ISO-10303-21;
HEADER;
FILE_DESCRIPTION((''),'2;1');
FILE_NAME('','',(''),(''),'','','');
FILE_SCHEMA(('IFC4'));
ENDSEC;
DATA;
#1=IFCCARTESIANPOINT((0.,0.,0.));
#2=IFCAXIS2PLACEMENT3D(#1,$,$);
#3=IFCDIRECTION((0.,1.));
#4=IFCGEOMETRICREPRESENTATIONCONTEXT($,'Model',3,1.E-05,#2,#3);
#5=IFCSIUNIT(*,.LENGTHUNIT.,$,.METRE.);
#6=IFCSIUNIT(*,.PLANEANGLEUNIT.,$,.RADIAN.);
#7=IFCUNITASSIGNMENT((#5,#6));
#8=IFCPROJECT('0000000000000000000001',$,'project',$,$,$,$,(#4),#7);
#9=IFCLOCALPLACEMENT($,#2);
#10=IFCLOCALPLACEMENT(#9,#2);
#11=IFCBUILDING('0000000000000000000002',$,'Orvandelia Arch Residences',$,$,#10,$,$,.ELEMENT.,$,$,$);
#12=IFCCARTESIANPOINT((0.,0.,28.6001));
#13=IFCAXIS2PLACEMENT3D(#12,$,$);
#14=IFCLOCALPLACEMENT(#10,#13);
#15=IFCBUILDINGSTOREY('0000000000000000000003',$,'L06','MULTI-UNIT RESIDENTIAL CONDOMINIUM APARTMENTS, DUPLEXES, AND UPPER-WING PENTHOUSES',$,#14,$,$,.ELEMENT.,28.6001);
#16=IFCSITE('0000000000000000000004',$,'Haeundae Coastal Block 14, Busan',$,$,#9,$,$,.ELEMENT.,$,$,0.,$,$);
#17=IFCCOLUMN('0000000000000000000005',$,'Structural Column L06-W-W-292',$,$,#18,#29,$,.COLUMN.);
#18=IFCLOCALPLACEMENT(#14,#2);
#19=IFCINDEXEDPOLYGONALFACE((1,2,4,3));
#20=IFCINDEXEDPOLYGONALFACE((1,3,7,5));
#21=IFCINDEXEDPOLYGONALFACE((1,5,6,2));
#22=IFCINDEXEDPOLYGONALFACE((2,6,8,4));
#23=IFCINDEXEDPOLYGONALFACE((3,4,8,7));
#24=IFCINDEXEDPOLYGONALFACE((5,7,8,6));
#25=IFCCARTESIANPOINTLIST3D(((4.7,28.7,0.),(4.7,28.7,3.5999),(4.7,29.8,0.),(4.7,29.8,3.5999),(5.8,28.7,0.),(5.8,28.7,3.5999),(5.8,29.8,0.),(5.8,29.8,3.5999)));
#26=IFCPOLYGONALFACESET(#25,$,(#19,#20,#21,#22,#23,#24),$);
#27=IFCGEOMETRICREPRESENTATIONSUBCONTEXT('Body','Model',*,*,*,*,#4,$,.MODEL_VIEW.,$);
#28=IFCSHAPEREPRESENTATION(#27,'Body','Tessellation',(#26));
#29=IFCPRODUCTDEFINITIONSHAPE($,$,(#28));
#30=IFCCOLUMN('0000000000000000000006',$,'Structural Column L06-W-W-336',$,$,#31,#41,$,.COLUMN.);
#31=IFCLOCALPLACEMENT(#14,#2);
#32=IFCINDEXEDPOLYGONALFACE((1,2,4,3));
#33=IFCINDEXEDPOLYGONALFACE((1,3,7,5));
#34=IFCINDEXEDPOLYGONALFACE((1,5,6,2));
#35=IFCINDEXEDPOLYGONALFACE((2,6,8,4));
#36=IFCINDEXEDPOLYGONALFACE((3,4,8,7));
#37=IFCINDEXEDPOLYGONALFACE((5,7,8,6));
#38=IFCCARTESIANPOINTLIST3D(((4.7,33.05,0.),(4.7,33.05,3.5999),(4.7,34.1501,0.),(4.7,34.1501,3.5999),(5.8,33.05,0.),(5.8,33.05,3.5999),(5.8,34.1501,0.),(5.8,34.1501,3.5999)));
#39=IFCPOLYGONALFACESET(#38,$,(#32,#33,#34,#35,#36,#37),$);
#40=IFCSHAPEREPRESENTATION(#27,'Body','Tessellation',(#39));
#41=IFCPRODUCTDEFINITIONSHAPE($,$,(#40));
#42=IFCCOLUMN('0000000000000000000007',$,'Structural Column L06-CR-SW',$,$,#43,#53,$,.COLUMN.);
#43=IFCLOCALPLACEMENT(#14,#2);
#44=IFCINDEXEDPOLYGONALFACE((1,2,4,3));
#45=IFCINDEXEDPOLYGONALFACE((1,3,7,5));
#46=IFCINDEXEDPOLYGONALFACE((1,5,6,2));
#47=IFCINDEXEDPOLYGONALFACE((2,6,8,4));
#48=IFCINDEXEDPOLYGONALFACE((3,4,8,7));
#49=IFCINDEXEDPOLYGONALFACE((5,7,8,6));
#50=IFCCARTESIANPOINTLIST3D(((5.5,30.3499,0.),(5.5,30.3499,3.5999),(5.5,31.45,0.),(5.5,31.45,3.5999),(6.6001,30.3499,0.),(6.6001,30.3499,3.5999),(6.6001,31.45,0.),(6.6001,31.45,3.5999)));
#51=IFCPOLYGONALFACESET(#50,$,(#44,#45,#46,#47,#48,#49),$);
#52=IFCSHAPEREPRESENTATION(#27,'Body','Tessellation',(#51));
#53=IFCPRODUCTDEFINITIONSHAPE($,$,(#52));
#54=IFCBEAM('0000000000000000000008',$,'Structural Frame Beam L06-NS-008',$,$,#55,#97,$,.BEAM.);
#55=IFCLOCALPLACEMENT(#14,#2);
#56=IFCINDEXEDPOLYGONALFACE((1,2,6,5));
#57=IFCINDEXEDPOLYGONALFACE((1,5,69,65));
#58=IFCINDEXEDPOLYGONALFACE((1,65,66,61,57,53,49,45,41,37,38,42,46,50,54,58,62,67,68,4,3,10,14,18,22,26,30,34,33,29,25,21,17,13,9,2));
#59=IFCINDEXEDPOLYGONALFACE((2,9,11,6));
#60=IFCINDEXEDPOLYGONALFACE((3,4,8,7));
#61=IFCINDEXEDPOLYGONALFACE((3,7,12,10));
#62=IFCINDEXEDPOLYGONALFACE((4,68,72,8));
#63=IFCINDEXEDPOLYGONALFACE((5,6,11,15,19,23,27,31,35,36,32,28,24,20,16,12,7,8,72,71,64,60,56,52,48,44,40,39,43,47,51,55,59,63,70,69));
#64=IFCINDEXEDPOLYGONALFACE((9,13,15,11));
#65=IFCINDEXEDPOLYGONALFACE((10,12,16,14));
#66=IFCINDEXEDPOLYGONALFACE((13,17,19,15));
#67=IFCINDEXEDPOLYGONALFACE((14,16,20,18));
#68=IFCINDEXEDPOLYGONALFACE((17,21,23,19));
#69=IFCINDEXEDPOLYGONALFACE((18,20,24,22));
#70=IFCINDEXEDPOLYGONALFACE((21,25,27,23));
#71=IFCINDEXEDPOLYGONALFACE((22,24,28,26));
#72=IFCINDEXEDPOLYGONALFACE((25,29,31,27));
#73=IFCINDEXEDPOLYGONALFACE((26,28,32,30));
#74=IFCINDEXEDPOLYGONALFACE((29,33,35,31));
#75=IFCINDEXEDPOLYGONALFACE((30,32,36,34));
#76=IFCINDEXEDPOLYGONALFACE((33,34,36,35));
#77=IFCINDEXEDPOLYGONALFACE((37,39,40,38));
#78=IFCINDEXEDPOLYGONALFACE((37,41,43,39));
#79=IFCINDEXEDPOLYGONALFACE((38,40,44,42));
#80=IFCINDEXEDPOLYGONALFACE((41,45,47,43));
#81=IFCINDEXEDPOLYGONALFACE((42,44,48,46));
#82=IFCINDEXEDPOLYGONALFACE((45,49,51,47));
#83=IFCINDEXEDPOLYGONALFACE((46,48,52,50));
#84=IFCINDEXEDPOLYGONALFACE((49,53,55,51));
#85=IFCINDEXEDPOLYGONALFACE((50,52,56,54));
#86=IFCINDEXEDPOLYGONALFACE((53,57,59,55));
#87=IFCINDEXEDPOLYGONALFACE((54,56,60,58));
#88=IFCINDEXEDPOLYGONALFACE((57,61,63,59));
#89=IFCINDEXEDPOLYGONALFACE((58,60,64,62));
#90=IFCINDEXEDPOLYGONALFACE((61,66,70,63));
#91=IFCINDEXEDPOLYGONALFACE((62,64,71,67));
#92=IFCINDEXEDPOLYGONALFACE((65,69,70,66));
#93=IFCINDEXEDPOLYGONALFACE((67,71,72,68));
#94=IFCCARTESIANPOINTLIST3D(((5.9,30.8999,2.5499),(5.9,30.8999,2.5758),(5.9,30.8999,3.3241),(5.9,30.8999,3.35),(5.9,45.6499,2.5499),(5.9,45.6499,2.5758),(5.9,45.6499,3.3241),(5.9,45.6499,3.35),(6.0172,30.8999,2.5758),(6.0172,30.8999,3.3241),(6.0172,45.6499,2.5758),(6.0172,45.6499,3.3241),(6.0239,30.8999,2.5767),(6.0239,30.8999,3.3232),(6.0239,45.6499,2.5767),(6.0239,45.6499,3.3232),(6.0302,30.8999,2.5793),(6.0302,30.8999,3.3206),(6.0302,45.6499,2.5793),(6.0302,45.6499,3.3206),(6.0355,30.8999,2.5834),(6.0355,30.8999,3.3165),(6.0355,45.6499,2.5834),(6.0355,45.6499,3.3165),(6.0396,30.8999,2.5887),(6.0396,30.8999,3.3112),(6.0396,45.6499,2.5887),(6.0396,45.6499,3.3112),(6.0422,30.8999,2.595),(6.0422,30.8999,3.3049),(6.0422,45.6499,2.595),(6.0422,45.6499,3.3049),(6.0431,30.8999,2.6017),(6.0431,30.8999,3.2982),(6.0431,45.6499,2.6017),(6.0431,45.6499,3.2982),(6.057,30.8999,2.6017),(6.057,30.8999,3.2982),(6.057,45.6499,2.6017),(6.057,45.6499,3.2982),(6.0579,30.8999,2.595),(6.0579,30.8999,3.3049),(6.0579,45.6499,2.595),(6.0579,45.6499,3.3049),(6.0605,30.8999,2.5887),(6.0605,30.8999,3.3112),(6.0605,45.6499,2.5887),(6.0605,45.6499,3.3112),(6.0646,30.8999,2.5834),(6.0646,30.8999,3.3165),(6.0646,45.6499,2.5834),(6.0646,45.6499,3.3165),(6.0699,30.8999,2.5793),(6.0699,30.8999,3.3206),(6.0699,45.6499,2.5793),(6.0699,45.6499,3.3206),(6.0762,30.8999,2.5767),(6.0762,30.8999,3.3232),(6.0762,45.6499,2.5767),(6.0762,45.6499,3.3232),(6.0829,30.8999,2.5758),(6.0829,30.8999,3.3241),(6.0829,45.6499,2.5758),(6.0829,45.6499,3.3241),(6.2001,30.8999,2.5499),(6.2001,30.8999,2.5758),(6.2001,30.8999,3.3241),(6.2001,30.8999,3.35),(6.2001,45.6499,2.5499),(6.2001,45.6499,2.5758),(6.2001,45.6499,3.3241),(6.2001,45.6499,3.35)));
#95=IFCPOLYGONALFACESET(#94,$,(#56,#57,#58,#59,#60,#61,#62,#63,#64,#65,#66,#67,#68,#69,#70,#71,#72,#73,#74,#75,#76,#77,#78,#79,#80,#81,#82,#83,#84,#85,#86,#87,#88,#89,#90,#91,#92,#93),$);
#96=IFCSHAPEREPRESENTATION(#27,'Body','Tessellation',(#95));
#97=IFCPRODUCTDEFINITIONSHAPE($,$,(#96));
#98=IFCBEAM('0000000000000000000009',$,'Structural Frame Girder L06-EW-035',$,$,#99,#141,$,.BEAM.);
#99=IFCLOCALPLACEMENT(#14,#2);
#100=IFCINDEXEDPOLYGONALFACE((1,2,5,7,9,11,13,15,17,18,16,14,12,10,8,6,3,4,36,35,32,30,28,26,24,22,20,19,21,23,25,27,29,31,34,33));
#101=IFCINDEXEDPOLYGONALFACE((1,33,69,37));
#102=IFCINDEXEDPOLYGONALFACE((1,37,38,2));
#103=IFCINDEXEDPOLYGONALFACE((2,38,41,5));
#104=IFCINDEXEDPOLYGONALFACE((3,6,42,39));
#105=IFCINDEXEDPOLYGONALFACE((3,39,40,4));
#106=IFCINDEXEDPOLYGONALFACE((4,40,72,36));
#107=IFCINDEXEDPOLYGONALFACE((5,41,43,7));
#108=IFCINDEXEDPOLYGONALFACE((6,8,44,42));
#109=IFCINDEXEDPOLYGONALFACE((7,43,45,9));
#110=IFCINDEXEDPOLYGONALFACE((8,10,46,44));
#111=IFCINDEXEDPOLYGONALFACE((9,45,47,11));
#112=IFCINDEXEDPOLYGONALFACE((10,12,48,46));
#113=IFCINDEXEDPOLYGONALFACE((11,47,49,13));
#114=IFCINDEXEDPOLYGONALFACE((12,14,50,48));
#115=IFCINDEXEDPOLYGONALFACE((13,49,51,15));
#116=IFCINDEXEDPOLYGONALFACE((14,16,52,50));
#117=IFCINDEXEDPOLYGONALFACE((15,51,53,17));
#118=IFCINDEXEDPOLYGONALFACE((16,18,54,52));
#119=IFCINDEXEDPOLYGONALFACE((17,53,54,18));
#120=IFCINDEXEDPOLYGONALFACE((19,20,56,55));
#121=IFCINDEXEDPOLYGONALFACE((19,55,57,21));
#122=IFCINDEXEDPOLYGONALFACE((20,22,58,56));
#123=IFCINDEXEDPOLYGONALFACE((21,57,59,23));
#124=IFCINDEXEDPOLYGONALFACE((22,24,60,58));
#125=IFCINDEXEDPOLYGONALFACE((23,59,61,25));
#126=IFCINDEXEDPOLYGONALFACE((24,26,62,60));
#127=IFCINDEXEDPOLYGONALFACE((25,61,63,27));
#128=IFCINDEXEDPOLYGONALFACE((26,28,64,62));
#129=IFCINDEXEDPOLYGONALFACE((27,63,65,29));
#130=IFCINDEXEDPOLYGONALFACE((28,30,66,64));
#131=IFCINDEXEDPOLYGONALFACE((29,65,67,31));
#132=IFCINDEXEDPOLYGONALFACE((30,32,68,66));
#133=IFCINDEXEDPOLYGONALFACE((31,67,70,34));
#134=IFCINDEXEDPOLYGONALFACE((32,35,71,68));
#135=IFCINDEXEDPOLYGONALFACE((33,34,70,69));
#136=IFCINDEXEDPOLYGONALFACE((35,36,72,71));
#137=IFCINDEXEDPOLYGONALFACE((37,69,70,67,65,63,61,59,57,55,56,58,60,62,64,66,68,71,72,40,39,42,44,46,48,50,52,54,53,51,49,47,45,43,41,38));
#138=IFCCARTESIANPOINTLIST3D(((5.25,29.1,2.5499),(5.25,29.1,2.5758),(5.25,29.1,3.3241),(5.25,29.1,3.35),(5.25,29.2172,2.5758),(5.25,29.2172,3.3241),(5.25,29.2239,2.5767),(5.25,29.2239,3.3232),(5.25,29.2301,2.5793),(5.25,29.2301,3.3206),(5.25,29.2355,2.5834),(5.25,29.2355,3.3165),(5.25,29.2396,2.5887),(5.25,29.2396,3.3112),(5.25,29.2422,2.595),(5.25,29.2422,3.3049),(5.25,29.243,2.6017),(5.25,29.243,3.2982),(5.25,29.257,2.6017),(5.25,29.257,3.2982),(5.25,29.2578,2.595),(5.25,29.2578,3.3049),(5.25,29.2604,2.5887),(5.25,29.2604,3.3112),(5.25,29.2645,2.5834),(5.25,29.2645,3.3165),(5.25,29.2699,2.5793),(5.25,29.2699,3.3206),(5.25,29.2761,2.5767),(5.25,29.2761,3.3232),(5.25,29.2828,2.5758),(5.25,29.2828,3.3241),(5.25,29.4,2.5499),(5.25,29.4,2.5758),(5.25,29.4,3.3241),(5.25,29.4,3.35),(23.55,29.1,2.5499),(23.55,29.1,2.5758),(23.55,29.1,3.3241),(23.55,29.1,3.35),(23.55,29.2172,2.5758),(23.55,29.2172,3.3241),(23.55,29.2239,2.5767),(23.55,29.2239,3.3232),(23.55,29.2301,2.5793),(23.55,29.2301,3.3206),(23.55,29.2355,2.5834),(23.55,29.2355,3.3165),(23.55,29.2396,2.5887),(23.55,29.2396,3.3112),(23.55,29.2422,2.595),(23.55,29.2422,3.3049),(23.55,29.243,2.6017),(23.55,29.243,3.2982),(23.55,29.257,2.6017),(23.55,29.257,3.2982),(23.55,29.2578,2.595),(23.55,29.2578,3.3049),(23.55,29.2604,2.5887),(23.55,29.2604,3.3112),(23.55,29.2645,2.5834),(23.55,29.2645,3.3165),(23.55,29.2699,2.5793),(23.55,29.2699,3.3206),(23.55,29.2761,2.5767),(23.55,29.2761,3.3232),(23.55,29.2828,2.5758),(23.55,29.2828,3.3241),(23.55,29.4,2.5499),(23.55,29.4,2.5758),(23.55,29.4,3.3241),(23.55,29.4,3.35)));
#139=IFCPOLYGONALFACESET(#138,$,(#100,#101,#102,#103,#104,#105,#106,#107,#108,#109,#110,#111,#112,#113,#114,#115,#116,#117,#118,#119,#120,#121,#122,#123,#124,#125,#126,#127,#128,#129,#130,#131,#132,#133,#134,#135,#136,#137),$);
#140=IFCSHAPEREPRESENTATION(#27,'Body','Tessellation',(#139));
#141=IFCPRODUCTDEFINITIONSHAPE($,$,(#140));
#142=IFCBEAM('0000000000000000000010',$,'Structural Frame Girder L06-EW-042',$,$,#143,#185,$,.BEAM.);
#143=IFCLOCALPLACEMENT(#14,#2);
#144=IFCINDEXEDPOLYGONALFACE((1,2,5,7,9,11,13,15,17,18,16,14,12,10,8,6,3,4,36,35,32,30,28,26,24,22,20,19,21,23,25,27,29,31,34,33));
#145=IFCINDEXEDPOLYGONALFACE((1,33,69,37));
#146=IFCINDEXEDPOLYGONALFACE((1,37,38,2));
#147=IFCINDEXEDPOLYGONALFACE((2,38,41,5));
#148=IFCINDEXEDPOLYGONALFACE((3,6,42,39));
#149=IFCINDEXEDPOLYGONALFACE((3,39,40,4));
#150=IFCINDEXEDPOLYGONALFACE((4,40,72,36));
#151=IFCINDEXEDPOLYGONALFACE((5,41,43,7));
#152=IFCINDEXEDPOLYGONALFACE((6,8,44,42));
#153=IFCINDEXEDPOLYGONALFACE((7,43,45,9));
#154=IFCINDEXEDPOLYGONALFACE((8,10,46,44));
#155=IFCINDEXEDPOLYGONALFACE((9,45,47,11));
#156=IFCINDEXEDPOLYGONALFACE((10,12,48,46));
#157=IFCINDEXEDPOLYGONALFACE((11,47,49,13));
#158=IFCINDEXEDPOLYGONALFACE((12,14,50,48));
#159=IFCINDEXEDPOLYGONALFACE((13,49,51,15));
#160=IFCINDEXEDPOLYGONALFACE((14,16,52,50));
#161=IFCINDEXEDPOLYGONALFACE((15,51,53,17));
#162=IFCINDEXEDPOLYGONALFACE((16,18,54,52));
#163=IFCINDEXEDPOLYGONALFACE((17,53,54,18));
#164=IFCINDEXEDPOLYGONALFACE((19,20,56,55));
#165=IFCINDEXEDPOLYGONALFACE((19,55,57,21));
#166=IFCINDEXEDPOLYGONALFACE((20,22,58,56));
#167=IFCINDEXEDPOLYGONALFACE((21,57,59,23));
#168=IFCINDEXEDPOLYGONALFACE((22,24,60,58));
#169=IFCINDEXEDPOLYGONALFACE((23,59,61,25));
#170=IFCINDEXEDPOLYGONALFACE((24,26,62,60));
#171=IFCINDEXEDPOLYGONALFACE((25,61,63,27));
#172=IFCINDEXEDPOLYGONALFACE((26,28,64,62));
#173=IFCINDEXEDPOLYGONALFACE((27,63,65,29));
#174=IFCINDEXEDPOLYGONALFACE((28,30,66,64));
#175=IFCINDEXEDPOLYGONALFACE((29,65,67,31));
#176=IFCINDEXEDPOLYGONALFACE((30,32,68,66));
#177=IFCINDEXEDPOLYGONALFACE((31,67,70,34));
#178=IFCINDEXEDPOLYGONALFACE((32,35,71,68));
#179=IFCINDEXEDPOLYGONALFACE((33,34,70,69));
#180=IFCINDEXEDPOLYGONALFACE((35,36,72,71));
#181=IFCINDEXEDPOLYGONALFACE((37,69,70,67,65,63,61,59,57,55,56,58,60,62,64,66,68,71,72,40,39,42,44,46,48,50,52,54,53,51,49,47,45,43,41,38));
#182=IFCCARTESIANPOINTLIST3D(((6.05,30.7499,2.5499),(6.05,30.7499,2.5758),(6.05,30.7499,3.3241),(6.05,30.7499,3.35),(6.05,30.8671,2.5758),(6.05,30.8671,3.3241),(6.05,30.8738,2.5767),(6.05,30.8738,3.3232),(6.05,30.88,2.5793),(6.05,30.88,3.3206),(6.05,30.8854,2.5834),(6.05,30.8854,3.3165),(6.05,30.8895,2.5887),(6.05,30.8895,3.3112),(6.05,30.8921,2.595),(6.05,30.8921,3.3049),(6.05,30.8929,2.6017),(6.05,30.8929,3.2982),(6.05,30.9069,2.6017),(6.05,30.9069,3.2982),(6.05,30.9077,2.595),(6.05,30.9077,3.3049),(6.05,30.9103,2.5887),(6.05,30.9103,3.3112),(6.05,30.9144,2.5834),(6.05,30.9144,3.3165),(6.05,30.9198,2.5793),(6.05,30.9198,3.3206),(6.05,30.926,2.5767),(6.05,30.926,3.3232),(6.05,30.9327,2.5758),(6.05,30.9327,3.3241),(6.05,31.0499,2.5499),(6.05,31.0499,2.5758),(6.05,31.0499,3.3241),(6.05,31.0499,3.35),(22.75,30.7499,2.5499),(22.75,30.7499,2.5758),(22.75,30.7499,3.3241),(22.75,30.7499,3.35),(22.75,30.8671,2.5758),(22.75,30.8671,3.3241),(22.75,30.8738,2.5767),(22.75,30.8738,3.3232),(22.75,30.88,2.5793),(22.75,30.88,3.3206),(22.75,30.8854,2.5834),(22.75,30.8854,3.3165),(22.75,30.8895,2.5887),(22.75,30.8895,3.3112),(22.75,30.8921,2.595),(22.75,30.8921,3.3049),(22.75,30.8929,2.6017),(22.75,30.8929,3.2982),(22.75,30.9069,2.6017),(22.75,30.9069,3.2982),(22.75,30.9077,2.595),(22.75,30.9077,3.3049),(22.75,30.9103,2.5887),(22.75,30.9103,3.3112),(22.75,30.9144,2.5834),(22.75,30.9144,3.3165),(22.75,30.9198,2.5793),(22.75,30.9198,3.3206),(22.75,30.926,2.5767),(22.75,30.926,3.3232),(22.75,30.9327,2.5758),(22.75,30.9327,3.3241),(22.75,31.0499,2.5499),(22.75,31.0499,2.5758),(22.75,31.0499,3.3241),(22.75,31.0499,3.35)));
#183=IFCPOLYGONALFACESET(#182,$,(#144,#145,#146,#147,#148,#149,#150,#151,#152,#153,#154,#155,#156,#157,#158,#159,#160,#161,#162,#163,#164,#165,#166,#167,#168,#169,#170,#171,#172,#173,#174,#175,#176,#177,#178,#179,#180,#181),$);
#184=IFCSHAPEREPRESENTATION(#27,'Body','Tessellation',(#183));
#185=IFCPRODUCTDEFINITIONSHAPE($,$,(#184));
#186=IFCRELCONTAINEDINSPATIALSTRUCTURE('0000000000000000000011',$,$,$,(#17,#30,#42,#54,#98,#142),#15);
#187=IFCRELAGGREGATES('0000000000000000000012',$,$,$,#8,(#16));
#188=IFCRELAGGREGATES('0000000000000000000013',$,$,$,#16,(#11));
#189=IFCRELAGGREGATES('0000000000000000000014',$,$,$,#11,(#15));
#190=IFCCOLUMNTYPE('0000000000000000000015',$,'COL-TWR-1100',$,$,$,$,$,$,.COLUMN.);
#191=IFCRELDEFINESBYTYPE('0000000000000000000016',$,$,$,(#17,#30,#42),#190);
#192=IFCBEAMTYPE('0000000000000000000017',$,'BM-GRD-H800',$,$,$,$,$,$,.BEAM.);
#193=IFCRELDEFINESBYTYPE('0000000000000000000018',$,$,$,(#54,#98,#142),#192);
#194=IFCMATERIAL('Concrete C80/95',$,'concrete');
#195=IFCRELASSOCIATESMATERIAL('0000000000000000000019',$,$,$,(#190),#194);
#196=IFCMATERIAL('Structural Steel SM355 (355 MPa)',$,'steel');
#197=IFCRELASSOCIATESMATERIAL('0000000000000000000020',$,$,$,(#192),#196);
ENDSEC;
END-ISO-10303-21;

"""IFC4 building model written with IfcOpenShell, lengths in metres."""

from ifc_helpers import new_model, si_unit, direction, frame, origin, origin_2d, place, context, subcontext, project, spatial, rectangle, i_section, extrude, material, material_profile, profile_set, type_object, element, save


model = new_model("IFC4")

# Units and contexts
model_context = context("Model", 3, precision=1e-05, world=origin(), true_north=direction((0.0, 1.0)))
body_context = subcontext(model_context, "Body", "Model", "MODEL_VIEW")
ifc_project = project(units=[si_unit("LENGTHUNIT", "METRE"), si_unit("PLANEANGLEUNIT", "RADIAN")], contexts=[model_context])

# Site, building, storey
site_placement = place(None, origin())
site = spatial("IfcSite", under=ifc_project, at=site_placement, Name="Haeundae Coastal Block 14, Busan", CompositionType="ELEMENT", RefElevation=0.0)
building_placement = place(site_placement, origin())
building = spatial("IfcBuilding", under=site, at=building_placement, Name="Orvandelia Arch Residences", CompositionType="ELEMENT")
storey_placement = place(building_placement, frame((0.0, 0.0, 28.6001)))
storey = spatial("IfcBuildingStorey", under=building, at=storey_placement, Name="L06", Description="MULTI-UNIT RESIDENTIAL CONDOMINIUM APARTMENTS, DUPLEXES, AND UPPER-WING PENTHOUSES", CompositionType="ELEMENT", Elevation=28.6001)

# Columns
ifc_material_1 = material(Name="Concrete C80/95", Category="concrete")
ifc_material_profile_1 = material_profile(ifc_material_1, rectangle(XDim=1.1001, YDim=1.1001, at=origin_2d()), Name="Concrete C80/95", Category="concrete")
ifc_profile_set_1 = profile_set([ifc_material_profile_1], Name="Concrete C80/95")
column_type = type_object("IfcColumnType", Name="COL-TWR-1100", PredefinedType="COLUMN", material=ifc_profile_set_1)
for number, where, z_axis, x_axis, name in (
    (1, (5.25, 29.25, 0.0), (0.0, 0.0, 1.0), (1.0, 0.0, 0.0), "Structural Column L06-W-W-292"),
    (2, (5.25, 33.6001, 0.0), (0.0, 0.0, 1.0), (1.0, 0.0, 0.0), "Structural Column L06-W-W-336"),
    (3, (6.05, 30.8999, 0.0), (0.0, 0.0, 1.0), (1.0, 0.0, 0.0), "Structural Column L06-CR-SW"),
):
    element("IfcColumn", number, at=place(storey_placement, frame(where, z_axis=z_axis, x_axis=x_axis)), inside=storey, type_object=column_type, Name=name, PredefinedType="COLUMN", context=body_context, shape_type="SweptSolid", body=[
        extrude(rectangle(XDim=1.1001, YDim=1.1001, at=origin_2d()), origin(), (0.0, 0.0, 1.0), 3.5999),
    ])

# Beams
ifc_material_2 = material(Name="Structural Steel SM355 (355 MPa)", Category="steel")
ifc_material_profile_2 = material_profile(ifc_material_2, i_section(OverallWidth=0.3, OverallDepth=0.8, WebThickness=0.0139, FlangeThickness=0.0259, FilletRadius=0.0259, at=origin_2d()), Name="Structural Steel SM355 (355 MPa)", Category="steel")
ifc_profile_set_2 = profile_set([ifc_material_profile_2], Name="Structural Steel SM355 (355 MPa)")
beam_type_1 = type_object("IfcBeamType", Name="BM-GRD-H800", PredefinedType="BEAM", material=ifc_profile_set_2)
beam_1_placement = place(storey_placement, frame((6.05, 30.8999, 2.95), z_axis=(0.0, 1.0, 0.0), x_axis=(-1.0, 0.0, 0.0)))
element("IfcBeam", 4, at=beam_1_placement, inside=storey, type_object=beam_type_1, Name="Structural Frame Beam L06-NS-008", PredefinedType="BEAM", context=body_context, shape_type="SweptSolid", body=[
    extrude(i_section(OverallWidth=0.3, OverallDepth=0.8, WebThickness=0.0139, FlangeThickness=0.0259, FilletRadius=0.0259, at=origin_2d()), origin(), (0.0, 0.0, 1.0), 14.75),
])
beam_2_placement = place(storey_placement, frame((5.25, 29.25, 2.95), z_axis=(1.0, 0.0, 0.0), x_axis=(0.0, 1.0, 0.0)))
element("IfcBeam", 5, at=beam_2_placement, inside=storey, type_object=beam_type_1, Name="Structural Frame Girder L06-EW-035", PredefinedType="BEAM", context=body_context, shape_type="SweptSolid", body=[
    extrude(i_section(OverallWidth=0.3, OverallDepth=0.8, WebThickness=0.0139, FlangeThickness=0.0259, FilletRadius=0.0259, at=origin_2d()), origin(), (0.0, 0.0, 1.0), 18.3),
])
beam_3_placement = place(storey_placement, frame((6.05, 30.8999, 2.95), z_axis=(1.0, 0.0, 0.0), x_axis=(0.0, 1.0, 0.0)))
element("IfcBeam", 6, at=beam_3_placement, inside=storey, type_object=beam_type_1, Name="Structural Frame Girder L06-EW-042", PredefinedType="BEAM", context=body_context, shape_type="SweptSolid", body=[
    extrude(i_section(OverallWidth=0.3, OverallDepth=0.8, WebThickness=0.0139, FlangeThickness=0.0259, FilletRadius=0.0259, at=origin_2d()), origin(), (0.0, 0.0, 1.0), 16.7),
])

save(model, "model.ifc")
